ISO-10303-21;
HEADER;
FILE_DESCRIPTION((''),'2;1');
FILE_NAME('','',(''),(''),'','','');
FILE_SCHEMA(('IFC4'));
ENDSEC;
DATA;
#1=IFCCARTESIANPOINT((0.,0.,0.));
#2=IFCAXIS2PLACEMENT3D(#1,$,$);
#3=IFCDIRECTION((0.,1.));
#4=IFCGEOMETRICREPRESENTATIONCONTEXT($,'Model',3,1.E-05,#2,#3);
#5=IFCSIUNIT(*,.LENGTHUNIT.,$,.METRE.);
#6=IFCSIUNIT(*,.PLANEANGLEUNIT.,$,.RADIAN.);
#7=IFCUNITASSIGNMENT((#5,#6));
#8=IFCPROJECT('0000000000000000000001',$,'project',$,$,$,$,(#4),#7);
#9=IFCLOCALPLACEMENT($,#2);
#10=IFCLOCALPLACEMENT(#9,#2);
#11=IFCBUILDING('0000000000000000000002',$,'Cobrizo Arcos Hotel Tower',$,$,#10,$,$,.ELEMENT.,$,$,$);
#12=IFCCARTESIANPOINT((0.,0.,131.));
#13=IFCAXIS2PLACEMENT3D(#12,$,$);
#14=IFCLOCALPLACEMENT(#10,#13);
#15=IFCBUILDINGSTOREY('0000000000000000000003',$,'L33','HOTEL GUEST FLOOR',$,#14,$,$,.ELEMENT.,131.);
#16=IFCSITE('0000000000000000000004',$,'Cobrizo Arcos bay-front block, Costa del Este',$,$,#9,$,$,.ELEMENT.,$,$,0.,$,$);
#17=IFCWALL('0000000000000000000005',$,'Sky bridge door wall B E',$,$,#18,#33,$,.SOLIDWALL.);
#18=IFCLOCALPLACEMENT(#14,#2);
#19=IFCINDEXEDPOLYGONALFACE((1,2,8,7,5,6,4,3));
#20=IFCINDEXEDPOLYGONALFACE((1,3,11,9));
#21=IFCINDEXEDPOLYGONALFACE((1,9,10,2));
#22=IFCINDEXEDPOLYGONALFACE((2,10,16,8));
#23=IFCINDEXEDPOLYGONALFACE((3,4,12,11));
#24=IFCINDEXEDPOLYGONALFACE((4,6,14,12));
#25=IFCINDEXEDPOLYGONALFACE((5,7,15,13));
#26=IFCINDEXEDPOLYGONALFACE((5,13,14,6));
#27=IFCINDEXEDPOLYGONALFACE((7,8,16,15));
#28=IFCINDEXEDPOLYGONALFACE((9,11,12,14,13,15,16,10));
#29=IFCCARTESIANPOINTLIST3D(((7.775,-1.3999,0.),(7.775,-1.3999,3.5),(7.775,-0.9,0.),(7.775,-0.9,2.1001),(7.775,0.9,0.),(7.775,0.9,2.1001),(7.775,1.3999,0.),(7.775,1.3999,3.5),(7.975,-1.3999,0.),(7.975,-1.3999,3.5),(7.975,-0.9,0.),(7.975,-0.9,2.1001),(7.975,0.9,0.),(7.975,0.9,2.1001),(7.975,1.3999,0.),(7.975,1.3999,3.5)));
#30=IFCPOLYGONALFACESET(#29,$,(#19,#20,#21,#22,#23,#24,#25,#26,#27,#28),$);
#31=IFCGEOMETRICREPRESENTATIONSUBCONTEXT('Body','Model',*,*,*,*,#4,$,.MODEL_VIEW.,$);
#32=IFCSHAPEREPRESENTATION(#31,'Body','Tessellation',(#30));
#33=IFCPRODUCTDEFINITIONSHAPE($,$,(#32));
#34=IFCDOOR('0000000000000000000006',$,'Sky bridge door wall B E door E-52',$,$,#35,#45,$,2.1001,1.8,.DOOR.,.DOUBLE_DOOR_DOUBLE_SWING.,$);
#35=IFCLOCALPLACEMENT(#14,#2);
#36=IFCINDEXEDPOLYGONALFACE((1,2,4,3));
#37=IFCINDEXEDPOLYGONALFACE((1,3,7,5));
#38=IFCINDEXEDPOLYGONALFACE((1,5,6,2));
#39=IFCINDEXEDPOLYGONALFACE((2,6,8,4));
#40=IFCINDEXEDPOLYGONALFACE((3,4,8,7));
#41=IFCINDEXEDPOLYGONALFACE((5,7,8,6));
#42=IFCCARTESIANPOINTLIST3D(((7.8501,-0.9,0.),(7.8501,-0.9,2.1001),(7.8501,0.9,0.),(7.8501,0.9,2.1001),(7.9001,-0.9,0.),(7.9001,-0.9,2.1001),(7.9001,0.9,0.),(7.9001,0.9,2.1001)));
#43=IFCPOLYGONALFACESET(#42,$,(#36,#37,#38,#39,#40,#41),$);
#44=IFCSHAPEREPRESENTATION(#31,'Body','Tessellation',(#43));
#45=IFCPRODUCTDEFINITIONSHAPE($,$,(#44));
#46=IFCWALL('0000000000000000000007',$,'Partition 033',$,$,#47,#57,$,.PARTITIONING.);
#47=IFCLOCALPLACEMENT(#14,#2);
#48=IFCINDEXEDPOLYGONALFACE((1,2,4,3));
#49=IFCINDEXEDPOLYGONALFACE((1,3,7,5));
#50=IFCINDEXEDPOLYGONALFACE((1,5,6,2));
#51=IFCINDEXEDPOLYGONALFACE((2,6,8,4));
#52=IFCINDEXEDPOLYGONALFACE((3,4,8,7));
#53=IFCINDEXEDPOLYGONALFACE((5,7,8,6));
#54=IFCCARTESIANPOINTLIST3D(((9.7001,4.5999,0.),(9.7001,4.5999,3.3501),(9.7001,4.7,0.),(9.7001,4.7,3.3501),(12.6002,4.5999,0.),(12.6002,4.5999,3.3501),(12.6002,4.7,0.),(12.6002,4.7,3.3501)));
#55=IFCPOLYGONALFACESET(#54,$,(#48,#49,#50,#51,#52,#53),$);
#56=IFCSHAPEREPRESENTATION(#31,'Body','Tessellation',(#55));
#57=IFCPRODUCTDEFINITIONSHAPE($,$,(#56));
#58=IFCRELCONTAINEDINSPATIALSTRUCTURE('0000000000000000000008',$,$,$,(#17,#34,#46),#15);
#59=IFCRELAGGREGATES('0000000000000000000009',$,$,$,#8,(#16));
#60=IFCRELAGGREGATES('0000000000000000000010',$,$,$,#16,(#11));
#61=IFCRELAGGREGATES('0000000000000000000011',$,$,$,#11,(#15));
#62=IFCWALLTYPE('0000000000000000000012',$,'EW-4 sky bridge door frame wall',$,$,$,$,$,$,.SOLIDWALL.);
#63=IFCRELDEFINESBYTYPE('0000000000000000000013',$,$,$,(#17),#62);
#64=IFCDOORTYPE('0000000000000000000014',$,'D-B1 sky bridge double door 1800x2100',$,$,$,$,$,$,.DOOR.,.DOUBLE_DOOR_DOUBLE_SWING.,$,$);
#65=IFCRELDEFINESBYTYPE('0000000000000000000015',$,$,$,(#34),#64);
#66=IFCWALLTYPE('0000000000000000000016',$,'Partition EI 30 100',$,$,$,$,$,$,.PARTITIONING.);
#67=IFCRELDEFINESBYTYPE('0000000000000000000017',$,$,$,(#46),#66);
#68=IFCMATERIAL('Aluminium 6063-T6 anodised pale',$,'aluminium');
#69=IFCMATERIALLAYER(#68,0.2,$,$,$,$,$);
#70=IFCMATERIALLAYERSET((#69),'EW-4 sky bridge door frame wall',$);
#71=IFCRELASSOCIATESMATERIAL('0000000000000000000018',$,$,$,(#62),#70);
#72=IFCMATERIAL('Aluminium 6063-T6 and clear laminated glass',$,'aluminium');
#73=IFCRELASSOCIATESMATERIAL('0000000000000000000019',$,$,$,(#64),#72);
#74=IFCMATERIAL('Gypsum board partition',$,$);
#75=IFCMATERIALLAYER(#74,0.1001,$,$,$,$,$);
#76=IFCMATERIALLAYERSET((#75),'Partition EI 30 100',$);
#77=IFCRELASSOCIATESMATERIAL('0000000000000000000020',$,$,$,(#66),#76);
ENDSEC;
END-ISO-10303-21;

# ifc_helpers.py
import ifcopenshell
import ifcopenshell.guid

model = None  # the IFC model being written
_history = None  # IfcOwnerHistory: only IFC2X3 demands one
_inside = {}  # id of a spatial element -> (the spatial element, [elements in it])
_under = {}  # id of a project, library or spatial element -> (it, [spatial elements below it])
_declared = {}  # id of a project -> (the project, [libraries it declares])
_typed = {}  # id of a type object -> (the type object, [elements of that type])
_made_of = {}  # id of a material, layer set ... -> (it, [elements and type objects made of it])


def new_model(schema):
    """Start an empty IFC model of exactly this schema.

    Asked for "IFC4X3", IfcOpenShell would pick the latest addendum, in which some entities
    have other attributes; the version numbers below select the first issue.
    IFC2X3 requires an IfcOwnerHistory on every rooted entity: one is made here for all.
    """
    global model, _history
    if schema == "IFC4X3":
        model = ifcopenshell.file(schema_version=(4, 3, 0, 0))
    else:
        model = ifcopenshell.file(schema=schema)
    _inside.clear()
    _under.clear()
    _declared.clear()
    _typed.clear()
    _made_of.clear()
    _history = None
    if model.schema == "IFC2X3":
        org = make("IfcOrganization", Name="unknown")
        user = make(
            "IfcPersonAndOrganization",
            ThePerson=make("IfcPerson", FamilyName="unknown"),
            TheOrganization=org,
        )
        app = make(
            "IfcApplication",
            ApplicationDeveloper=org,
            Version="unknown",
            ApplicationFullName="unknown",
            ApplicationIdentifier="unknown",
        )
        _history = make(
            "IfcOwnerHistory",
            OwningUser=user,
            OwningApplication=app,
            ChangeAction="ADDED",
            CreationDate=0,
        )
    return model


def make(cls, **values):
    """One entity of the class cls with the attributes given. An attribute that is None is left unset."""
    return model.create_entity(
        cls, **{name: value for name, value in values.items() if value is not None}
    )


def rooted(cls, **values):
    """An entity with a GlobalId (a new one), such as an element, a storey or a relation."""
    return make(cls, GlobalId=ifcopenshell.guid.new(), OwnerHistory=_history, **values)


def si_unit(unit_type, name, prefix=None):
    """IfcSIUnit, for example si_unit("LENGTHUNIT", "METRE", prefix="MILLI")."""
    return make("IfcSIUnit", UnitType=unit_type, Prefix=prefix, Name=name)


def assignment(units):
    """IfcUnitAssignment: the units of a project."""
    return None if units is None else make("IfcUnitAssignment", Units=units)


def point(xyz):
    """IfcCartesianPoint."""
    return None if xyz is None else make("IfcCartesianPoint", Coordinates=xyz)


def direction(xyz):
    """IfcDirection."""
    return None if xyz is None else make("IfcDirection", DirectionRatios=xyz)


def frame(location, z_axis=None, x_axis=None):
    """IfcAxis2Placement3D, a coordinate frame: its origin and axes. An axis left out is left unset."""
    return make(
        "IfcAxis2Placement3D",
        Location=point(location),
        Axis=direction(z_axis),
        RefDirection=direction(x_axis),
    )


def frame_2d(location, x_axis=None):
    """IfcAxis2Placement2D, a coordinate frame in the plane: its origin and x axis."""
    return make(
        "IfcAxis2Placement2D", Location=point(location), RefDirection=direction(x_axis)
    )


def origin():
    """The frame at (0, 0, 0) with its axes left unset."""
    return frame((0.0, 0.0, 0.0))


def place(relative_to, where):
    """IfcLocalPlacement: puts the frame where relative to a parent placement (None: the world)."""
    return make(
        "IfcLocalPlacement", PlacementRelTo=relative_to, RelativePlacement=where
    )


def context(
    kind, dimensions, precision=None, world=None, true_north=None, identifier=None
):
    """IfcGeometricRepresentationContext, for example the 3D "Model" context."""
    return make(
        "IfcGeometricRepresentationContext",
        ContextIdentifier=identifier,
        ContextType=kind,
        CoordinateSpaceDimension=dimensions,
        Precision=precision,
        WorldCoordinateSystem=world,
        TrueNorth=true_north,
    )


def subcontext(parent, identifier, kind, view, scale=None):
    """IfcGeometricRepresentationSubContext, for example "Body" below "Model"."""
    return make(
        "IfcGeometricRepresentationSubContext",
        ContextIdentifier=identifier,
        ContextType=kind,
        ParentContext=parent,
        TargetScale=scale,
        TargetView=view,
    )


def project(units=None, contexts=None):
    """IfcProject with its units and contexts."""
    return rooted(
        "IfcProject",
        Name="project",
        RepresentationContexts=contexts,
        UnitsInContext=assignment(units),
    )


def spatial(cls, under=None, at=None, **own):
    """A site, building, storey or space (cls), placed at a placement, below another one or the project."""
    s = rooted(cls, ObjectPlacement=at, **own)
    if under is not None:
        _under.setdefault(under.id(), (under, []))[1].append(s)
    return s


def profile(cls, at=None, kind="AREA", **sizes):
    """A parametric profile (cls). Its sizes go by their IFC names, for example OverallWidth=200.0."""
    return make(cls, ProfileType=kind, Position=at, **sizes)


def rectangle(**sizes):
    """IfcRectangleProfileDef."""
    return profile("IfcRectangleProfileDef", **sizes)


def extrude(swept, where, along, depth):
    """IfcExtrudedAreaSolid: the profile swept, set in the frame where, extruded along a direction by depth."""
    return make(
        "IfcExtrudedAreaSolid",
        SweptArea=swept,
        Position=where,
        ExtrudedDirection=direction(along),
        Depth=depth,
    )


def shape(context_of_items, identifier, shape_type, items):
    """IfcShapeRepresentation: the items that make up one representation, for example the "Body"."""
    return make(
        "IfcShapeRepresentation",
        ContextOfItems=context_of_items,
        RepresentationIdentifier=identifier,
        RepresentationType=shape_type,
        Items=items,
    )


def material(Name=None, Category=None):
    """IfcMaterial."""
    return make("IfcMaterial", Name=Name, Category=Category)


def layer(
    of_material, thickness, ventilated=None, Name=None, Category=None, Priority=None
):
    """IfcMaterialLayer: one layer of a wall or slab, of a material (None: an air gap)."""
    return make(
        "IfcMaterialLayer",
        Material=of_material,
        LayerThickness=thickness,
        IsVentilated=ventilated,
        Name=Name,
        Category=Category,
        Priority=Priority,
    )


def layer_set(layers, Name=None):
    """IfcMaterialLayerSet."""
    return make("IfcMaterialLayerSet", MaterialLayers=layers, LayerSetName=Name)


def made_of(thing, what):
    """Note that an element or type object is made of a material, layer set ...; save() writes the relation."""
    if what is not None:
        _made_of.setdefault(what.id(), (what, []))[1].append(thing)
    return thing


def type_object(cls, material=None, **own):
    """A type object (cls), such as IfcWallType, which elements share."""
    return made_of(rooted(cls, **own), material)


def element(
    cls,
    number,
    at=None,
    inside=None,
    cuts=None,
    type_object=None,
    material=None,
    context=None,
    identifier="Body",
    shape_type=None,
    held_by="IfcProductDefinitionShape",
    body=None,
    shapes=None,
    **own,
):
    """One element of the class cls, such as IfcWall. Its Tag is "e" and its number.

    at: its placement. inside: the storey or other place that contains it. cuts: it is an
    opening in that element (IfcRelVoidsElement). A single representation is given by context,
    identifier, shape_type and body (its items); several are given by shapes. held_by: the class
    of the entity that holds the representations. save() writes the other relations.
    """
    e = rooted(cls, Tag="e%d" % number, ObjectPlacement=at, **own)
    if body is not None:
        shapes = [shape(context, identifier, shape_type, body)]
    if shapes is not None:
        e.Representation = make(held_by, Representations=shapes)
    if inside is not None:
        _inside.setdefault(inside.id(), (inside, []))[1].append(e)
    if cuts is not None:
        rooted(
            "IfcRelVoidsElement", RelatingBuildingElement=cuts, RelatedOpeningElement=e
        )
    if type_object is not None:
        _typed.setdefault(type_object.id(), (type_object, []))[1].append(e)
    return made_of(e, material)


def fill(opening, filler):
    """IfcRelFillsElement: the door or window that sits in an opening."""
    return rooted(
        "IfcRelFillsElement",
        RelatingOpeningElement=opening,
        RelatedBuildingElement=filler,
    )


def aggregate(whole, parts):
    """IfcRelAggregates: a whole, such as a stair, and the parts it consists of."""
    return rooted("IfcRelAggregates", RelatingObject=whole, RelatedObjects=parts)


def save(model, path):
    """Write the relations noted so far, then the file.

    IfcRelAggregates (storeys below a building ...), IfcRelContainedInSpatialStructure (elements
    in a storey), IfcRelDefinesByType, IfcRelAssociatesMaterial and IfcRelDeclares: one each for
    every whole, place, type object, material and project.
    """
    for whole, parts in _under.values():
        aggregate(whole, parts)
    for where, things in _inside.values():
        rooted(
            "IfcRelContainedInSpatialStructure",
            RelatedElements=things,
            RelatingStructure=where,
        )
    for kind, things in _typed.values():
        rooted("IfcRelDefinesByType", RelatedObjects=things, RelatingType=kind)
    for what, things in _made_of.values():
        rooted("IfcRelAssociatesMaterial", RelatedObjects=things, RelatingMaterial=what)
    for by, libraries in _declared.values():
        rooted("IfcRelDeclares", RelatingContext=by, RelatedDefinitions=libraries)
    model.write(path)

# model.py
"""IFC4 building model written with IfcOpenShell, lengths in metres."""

from ifc_helpers import new_model, si_unit, direction, frame, frame_2d, origin, place, context, subcontext, project, spatial, rectangle, extrude, material, layer, layer_set, type_object, element, fill, save


model = new_model("IFC4")

# Units and contexts
model_context = context("Model", 3, precision=1e-05, world=origin(), true_north=direction((0.0, 1.0)))
body_context = subcontext(model_context, "Body", "Model", "MODEL_VIEW")
ifc_project = project(units=[si_unit("LENGTHUNIT", "METRE"), si_unit("PLANEANGLEUNIT", "RADIAN")], contexts=[model_context])

# Site, building, storey
site_placement = place(None, origin())
site = spatial("IfcSite", under=ifc_project, at=site_placement, Name="Cobrizo Arcos bay-front block, Costa del Este", CompositionType="ELEMENT", RefElevation=0.0)
building_placement = place(site_placement, origin())
building = spatial("IfcBuilding", under=site, at=building_placement, Name="Cobrizo Arcos Hotel Tower", CompositionType="ELEMENT")
storey_placement = place(building_placement, frame((0.0, 0.0, 131.0)))
storey = spatial("IfcBuildingStorey", under=building, at=storey_placement, Name="L33", Description="HOTEL GUEST FLOOR", CompositionType="ELEMENT", Elevation=131.0)

# Shared definitions
ifc_material_1 = material(Name="Gypsum board partition")

# Wall, opening, door
ifc_material_2 = material(Name="Aluminium 6063-T6 anodised pale", Category="aluminium")
ifc_layer_1 = layer(ifc_material_2, 0.2)
ifc_layer_set_1 = layer_set([ifc_layer_1], Name="EW-4 sky bridge door frame wall")
wall_type_1 = type_object("IfcWallType", Name="EW-4 sky bridge door frame wall", PredefinedType="SOLIDWALL", material=ifc_layer_set_1)
wall_1_placement = place(storey_placement, frame((7.875, -1.3999, 0.0), z_axis=(0.0, 0.0, 1.0), x_axis=(0.0, 1.0, 0.0)))
wall_1 = element("IfcWall", 1, at=wall_1_placement, inside=storey, type_object=wall_type_1, Name="Sky bridge door wall B E", PredefinedType="SOLIDWALL", context=body_context, shape_type="SweptSolid", body=[
    extrude(rectangle(XDim=2.7998, YDim=0.2, at=frame_2d((1.3999, 0.0))), origin(), (0.0, 0.0, 1.0), 3.5),
])
opening_1_placement = place(wall_1_placement, frame((0.5, 0.0, 0.0)))
opening_1 = element("IfcOpeningElement", 2, at=opening_1_placement, cuts=wall_1, PredefinedType="OPENING", context=body_context, shape_type="SweptSolid", body=[
    extrude(rectangle(XDim=1.8, YDim=2.1001, at=frame_2d((0.8999, 1.05))), frame((0.0, 0.1121, 0.0), z_axis=(0.0, -1.0, 0.0), x_axis=(1.0, 0.0, 0.0)), (0.0, 0.0, 1.0), 0.2239),
])
ifc_material_3 = material(Name="Aluminium 6063-T6 and clear laminated glass", Category="aluminium")
door_type_1 = type_object("IfcDoorType", Name="D-B1 sky bridge double door 1800x2100", OperationType="DOUBLE_DOOR_DOUBLE_SWING", PredefinedType="DOOR", material=ifc_material_3)
door_1_placement = place(opening_1_placement, origin())
door_1 = element("IfcDoor", 3, at=door_1_placement, inside=storey, type_object=door_type_1, Name="Sky bridge door wall B E door E-52", OperationType="DOUBLE_DOOR_DOUBLE_SWING", OverallHeight=2.1001, OverallWidth=1.8, PredefinedType="DOOR", context=body_context, shape_type="SweptSolid", body=[
    extrude(rectangle(XDim=1.8, YDim=2.1001, at=frame_2d((0.8999, 1.05))), frame((0.0, 0.0249, 0.0), z_axis=(0.0, -1.0, 0.0), x_axis=(1.0, 0.0, 0.0)), (0.0, 0.0, 1.0), 0.05),
])
fill(opening_1, door_1)

# Wall
ifc_layer_2 = layer(ifc_material_1, 0.1001)
ifc_layer_set_2 = layer_set([ifc_layer_2], Name="Partition EI 30 100")
wall_type_2 = type_object("IfcWallType", Name="Partition EI 30 100", PredefinedType="PARTITIONING", material=ifc_layer_set_2)
wall_2_placement = place(storey_placement, frame((9.7, 4.6499, 0.0), z_axis=(0.0, 0.0, 1.0), x_axis=(1.0, 0.0, 0.0)))
element("IfcWall", 4, at=wall_2_placement, inside=storey, type_object=wall_type_2, Name="Partition 033", PredefinedType="PARTITIONING", context=body_context, shape_type="SweptSolid", body=[
    extrude(rectangle(XDim=2.9001, YDim=0.1001, at=frame_2d((1.4502, 0.0))), origin(), (0.0, 0.0, 1.0), 3.3501),
])

save(model, "model.ifc")
